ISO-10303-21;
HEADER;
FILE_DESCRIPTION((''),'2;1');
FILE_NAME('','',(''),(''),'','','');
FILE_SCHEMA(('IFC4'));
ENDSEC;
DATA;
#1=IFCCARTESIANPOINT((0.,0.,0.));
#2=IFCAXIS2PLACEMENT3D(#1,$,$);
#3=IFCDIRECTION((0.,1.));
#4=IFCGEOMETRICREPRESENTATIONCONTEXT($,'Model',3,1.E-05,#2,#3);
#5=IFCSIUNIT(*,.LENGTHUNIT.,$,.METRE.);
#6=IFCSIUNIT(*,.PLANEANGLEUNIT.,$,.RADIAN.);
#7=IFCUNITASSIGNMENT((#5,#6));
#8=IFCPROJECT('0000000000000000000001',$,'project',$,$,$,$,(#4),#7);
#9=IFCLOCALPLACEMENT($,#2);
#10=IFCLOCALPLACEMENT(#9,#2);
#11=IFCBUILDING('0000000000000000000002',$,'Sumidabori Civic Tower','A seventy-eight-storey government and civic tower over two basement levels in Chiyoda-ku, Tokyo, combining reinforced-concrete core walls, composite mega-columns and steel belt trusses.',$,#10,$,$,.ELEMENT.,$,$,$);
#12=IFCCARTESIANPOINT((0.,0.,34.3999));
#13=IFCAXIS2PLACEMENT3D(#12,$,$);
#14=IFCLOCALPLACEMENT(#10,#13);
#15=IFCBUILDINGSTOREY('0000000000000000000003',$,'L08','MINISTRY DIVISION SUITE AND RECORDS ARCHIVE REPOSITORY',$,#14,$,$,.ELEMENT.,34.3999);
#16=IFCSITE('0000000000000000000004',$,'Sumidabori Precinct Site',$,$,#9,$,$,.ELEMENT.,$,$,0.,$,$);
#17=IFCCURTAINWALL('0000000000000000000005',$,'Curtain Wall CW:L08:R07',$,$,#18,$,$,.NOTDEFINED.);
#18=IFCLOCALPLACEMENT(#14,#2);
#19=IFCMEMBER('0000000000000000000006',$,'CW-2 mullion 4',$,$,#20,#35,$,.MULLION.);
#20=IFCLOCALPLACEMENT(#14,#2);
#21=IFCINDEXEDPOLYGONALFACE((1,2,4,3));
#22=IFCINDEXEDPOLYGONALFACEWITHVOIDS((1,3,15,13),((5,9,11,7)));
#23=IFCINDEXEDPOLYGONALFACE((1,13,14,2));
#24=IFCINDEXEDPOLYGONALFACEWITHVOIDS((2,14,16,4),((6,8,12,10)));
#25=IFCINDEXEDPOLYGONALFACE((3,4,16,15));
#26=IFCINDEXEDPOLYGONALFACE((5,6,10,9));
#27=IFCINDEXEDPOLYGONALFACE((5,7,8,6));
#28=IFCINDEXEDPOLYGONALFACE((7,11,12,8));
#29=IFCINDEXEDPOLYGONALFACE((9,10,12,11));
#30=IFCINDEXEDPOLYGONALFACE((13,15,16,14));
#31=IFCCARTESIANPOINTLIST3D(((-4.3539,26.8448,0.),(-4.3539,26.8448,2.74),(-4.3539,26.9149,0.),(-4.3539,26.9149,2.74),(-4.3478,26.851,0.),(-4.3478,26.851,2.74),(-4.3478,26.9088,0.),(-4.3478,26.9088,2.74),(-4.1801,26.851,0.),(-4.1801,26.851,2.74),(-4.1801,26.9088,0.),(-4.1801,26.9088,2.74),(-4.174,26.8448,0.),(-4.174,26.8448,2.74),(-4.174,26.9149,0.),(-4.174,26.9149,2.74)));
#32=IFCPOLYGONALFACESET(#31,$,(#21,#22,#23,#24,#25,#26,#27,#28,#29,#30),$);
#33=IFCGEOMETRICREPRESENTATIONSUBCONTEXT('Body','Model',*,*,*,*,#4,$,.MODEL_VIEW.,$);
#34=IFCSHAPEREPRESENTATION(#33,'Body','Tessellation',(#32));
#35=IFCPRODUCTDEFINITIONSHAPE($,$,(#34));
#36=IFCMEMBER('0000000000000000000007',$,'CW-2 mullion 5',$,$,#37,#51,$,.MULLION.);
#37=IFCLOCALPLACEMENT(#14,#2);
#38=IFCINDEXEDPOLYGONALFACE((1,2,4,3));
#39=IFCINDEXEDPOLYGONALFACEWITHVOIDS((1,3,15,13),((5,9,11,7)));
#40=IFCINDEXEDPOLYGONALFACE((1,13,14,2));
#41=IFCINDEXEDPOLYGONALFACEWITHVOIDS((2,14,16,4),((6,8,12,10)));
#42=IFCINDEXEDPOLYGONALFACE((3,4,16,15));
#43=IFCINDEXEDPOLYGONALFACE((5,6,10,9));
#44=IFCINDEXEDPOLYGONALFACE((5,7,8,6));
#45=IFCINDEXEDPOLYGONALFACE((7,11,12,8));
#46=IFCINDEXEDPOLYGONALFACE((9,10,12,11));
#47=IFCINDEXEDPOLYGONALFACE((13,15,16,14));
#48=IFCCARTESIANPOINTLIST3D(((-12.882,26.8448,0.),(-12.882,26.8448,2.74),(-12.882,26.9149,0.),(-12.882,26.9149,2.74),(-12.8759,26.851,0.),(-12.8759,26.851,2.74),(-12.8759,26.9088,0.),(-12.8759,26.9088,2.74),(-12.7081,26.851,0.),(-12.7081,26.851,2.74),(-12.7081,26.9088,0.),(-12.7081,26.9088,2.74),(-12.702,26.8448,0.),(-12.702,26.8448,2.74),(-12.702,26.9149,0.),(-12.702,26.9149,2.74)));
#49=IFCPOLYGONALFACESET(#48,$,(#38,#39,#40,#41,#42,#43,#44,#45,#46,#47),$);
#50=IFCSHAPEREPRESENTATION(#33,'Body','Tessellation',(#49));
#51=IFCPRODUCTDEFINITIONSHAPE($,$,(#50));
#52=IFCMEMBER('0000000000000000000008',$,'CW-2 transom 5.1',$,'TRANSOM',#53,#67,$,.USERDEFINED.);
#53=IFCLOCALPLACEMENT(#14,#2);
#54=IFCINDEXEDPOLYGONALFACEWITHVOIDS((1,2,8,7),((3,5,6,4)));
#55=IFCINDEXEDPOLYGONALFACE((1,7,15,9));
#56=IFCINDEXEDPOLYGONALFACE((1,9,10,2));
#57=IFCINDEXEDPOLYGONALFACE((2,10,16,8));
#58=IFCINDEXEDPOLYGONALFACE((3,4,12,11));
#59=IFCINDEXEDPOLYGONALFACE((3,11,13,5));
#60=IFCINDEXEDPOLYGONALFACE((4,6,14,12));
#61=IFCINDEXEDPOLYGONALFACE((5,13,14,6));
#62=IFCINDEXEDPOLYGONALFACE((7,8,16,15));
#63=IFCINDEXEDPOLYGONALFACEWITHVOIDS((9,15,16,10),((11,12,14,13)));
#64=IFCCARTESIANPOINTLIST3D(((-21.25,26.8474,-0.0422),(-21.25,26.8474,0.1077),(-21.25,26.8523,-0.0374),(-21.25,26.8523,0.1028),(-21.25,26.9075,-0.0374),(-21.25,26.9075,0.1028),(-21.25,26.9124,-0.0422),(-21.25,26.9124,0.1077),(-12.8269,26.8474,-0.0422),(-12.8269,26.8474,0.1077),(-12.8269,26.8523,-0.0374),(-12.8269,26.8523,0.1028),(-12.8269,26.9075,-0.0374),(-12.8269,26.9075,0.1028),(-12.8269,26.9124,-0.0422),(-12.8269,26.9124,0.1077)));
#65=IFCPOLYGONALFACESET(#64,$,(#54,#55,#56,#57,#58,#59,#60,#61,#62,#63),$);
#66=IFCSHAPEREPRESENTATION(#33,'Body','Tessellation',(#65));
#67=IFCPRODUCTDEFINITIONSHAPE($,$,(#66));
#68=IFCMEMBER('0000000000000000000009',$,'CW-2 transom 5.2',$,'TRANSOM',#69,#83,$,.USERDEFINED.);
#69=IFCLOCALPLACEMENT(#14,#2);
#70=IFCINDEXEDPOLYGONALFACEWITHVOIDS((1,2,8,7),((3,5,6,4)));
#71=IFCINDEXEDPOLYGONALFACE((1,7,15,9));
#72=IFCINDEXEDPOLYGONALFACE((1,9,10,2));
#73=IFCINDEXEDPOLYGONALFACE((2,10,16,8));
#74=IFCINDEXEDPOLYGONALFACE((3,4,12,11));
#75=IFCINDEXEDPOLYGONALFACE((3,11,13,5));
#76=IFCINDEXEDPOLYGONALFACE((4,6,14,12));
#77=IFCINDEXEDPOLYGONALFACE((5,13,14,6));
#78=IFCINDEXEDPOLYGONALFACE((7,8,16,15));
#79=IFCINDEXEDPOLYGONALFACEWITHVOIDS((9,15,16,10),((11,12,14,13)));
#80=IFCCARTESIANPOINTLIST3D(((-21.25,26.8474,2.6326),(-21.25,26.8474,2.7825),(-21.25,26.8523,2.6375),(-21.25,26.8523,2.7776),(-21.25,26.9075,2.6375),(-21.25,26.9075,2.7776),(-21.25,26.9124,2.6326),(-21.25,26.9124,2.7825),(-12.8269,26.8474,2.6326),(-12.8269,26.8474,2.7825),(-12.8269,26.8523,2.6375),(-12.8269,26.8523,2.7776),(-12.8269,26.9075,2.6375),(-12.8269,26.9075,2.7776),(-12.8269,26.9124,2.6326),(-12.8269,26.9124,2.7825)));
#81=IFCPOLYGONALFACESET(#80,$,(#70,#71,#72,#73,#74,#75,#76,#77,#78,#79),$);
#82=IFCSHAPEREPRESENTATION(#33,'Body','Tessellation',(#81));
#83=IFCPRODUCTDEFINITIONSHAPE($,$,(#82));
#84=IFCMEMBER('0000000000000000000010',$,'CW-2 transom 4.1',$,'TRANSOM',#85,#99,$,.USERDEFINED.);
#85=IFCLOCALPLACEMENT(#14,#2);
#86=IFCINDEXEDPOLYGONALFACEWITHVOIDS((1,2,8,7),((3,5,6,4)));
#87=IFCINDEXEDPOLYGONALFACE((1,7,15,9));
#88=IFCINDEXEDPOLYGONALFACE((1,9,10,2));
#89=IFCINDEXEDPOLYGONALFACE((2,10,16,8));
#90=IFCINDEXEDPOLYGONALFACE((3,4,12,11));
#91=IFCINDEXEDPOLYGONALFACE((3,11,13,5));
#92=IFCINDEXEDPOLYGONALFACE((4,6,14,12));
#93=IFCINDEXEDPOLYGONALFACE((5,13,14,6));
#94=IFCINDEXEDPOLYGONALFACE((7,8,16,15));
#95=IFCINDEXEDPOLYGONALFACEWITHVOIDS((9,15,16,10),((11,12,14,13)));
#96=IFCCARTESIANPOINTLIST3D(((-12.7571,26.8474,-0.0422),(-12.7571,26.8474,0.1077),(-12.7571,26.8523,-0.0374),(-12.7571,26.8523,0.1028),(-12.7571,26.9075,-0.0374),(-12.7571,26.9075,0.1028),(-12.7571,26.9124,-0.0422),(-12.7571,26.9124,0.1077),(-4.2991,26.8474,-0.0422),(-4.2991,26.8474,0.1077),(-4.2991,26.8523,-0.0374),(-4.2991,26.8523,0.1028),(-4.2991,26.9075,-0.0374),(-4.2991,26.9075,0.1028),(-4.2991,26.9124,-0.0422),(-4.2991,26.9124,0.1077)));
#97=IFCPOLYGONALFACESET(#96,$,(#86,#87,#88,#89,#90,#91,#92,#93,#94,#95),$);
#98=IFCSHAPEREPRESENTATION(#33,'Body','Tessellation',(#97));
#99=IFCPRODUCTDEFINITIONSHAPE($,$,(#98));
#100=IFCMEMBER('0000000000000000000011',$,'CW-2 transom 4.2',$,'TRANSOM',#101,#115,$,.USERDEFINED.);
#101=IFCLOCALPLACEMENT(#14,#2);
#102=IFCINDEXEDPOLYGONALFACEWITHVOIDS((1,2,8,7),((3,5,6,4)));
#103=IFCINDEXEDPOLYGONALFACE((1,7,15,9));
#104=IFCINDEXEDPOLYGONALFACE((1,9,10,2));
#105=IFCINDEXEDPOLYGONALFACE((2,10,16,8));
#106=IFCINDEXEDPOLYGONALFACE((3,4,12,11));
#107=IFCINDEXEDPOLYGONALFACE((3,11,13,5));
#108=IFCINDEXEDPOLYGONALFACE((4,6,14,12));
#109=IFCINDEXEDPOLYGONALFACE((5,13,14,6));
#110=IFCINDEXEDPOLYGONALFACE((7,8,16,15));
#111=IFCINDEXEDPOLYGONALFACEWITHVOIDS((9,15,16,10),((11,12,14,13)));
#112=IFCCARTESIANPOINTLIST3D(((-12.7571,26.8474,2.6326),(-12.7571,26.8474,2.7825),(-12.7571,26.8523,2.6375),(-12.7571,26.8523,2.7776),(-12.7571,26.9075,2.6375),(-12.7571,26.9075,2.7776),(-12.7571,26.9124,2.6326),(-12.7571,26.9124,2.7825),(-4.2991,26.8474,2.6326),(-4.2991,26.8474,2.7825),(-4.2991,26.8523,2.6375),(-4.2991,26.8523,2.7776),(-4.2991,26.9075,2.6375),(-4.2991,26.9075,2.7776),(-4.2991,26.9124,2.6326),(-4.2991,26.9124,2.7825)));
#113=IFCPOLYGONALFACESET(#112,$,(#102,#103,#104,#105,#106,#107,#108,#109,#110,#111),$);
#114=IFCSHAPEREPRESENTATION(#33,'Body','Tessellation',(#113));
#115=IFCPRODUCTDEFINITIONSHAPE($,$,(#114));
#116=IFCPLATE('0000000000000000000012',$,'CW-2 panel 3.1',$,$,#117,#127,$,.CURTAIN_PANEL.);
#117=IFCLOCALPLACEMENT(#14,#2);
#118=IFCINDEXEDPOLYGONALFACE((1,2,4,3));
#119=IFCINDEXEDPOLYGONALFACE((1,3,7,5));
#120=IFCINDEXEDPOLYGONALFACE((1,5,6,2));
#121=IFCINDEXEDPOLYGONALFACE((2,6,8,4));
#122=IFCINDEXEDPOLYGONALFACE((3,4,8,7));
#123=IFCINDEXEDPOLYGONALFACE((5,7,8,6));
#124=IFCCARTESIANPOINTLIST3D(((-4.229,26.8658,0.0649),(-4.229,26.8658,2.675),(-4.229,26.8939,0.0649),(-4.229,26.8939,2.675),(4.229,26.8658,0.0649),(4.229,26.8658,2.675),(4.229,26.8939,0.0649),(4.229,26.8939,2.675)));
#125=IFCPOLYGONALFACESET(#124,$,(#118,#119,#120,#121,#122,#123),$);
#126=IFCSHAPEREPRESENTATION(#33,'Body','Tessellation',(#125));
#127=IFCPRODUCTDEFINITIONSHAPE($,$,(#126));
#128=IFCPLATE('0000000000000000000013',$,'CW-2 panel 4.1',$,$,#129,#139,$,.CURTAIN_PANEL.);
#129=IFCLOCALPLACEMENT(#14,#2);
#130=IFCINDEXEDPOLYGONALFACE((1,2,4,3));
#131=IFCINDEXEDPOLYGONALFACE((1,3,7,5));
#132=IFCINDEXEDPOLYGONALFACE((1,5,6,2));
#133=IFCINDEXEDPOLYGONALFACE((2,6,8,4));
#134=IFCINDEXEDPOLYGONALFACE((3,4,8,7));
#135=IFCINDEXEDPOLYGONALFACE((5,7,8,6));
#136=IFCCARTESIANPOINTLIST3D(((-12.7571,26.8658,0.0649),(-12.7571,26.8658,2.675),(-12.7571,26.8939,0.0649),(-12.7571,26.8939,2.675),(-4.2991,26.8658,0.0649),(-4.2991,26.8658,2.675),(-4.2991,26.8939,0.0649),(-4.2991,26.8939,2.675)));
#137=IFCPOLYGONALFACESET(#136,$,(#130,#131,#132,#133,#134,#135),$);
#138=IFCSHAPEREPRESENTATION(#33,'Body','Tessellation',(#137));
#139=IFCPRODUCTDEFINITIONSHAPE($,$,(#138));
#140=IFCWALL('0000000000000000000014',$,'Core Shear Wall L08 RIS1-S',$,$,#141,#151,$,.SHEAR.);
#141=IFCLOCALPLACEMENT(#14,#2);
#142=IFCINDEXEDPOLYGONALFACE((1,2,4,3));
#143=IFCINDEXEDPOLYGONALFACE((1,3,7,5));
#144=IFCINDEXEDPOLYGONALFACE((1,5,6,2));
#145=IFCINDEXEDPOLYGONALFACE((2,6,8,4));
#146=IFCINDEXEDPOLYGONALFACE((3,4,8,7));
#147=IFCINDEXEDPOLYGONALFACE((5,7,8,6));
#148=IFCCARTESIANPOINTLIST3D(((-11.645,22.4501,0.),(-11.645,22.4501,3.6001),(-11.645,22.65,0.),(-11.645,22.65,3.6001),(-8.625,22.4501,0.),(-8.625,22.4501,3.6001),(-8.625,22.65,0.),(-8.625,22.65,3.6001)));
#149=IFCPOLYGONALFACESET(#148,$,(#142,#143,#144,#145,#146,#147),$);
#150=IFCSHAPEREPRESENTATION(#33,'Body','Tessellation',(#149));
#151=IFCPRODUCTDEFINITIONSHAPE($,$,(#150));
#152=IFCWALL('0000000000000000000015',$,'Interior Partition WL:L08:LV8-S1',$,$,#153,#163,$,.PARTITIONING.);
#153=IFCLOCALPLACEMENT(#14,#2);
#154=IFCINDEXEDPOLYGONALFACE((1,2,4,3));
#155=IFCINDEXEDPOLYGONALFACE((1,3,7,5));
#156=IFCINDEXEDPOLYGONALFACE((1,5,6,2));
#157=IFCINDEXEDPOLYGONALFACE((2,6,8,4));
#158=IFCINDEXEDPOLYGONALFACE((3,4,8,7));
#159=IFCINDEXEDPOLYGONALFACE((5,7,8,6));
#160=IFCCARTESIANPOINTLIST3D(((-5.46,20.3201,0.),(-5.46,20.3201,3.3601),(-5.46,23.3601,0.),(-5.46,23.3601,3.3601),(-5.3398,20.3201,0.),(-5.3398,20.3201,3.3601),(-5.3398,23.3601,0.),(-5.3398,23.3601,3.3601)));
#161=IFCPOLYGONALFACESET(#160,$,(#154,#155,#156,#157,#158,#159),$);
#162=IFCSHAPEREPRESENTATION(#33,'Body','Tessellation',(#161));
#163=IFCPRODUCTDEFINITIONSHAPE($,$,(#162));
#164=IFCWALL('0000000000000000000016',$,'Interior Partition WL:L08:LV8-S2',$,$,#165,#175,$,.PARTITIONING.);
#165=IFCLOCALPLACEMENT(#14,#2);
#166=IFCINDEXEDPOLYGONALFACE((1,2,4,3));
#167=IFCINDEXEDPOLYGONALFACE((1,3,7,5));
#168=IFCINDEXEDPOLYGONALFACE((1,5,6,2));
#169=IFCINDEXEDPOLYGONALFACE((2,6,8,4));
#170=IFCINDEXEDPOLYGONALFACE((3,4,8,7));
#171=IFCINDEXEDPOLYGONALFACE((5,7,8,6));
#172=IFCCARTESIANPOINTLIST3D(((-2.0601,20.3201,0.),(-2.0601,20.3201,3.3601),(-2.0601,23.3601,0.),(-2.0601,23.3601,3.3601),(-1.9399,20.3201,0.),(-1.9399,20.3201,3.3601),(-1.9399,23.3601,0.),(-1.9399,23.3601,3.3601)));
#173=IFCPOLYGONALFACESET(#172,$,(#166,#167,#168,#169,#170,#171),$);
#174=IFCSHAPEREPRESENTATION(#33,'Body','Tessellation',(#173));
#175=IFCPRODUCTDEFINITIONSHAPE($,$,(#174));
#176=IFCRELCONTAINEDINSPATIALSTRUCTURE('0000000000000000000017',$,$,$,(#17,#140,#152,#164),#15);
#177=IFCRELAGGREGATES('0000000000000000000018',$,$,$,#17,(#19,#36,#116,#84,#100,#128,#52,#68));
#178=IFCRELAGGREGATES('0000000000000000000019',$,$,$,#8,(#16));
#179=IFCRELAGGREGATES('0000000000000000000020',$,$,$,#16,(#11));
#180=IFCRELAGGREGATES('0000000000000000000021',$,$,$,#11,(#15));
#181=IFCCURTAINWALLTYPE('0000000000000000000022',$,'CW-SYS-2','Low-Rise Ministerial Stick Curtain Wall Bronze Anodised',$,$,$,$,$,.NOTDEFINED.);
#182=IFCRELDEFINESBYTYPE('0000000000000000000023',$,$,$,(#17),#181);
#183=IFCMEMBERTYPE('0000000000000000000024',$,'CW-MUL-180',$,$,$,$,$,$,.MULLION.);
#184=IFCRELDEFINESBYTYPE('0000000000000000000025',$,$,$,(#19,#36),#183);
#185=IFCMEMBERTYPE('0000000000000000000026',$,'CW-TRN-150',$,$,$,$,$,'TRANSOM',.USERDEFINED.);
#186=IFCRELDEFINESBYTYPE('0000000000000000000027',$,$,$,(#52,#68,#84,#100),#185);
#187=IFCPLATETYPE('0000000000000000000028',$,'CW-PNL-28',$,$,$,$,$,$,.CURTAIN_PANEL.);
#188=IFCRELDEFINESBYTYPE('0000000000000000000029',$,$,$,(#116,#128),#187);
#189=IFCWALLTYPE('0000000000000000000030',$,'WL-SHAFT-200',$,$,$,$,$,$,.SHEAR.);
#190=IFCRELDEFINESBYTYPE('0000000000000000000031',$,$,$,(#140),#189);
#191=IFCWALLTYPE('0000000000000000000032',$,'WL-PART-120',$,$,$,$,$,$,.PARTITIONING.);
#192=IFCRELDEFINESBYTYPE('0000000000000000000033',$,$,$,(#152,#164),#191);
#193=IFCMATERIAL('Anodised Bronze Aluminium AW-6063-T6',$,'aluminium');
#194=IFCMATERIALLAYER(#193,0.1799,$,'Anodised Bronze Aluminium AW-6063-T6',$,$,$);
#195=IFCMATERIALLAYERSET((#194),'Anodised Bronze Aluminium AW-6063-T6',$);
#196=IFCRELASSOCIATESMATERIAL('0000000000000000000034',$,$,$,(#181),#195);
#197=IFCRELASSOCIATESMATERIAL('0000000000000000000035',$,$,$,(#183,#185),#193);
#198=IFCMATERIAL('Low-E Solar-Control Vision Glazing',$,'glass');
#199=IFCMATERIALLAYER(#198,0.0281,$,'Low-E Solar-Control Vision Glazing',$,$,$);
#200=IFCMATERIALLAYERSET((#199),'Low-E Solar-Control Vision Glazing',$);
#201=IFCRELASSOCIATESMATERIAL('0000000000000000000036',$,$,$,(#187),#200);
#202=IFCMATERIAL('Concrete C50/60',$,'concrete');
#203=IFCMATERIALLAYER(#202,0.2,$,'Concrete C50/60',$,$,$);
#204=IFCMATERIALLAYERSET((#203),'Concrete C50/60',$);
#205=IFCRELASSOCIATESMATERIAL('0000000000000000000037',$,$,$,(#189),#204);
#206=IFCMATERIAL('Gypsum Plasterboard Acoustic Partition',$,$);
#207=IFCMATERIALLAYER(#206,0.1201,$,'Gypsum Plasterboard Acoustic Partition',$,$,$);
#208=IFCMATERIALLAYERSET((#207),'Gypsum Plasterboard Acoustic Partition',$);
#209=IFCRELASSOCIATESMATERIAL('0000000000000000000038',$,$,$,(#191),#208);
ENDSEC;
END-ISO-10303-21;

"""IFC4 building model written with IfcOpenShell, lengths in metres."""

from ifc_helpers import new_model, si_unit, direction, frame, frame_2d, origin, origin_2d, place, context, subcontext, project, spatial, rectangle, hollow_rectangle, extrude, source, transform, mapped, material, layer, layer_set, material_profile, profile_set, type_object, element, aggregate, save


model = new_model("IFC4")

# Units and contexts
model_context = context("Model", 3, precision=1e-05, world=origin(), true_north=direction((0.0, 1.0)))
body_context = subcontext(model_context, "Body", "Model", "MODEL_VIEW")
ifc_project = project(units=[si_unit("LENGTHUNIT", "METRE"), si_unit("PLANEANGLEUNIT", "RADIAN")], contexts=[model_context])

# Site, building, storey
site_placement = place(None, origin())
site = spatial("IfcSite", under=ifc_project, at=site_placement, Name="Sumidabori Precinct Site", CompositionType="ELEMENT", RefElevation=0.0)
building_placement = place(site_placement, origin())
building = spatial("IfcBuilding", under=site, at=building_placement, Name="Sumidabori Civic Tower", Description="A seventy-eight-storey government and civic tower over two basement levels in Chiyoda-ku, Tokyo, combining reinforced-concrete core walls, composite mega-columns and steel belt trusses.", CompositionType="ELEMENT")
storey_placement = place(building_placement, frame((0.0, 0.0, 34.3999)))
storey = spatial("IfcBuildingStorey", under=building, at=storey_placement, Name="L08", Description="MINISTRY DIVISION SUITE AND RECORDS ARCHIVE REPOSITORY", CompositionType="ELEMENT", Elevation=34.3999)

# Curtain wall, members, plates
ifc_material_1 = material(Name="Anodised Bronze Aluminium AW-6063-T6", Category="aluminium")
ifc_layer_1 = layer(ifc_material_1, 0.1799, Name="Anodised Bronze Aluminium AW-6063-T6")
ifc_layer_set_1 = layer_set([ifc_layer_1], Name="Anodised Bronze Aluminium AW-6063-T6")
curtain_wall_type = type_object("IfcCurtainWallType", Name="CW-SYS-2", Description="Low-Rise Ministerial Stick Curtain Wall Bronze Anodised", PredefinedType="NOTDEFINED", material=ifc_layer_set_1)
curtain_wall_placement = place(storey_placement, origin())
curtain_wall = element("IfcCurtainWall", 1, at=curtain_wall_placement, inside=storey, type_object=curtain_wall_type, Name="Curtain Wall CW:L08:R07", PredefinedType="NOTDEFINED")
ifc_material_profile_1 = material_profile(ifc_material_1, hollow_rectangle(XDim=0.0701, YDim=0.1799, WallThickness=0.0061, at=origin_2d()), Name="ALU MULLION 180x70")
ifc_profile_set_1 = profile_set([ifc_material_profile_1], Name="Anodised Bronze Aluminium AW-6063-T6")
member_type_1 = type_object("IfcMemberType", Name="CW-MUL-180", PredefinedType="MULLION", material=ifc_profile_set_1)
shared_shape_1 = source(origin(), body_context, "Body", "SweptSolid", [
    extrude(hollow_rectangle(XDim=0.0701, YDim=0.1799, WallThickness=0.0061, at=origin_2d()), origin(), (0.0, 0.0, 1.0), 2.74),
])
member_1_placement = place(storey_placement, frame((-4.2639, 26.8799, 0.0), z_axis=(0.0, 0.0, 1.0), x_axis=(0.0, -1.0, 0.0)))
member_1 = element("IfcMember", 2, at=member_1_placement, type_object=member_type_1, Name="CW-2 mullion 4", PredefinedType="MULLION", context=body_context, shape_type="MappedRepresentation", body=[
    mapped(shared_shape_1, transform((0.0, 0.0, 0.0), x_axis=(1.0, 0.0, 0.0), y_axis=(0.0, 1.0, 0.0), z_axis=(0.0, 0.0, 1.0), scale=1.0)),
])
member_2_placement = place(storey_placement, frame((-12.792, 26.8799, 0.0), z_axis=(0.0, 0.0, 1.0), x_axis=(0.0, -1.0, 0.0)))
member_2 = element("IfcMember", 3, at=member_2_placement, type_object=member_type_1, Name="CW-2 mullion 5", PredefinedType="MULLION", context=body_context, shape_type="MappedRepresentation", body=[
    mapped(shared_shape_1, transform((0.0, 0.0, 0.0), x_axis=(1.0, 0.0, 0.0), y_axis=(0.0, 1.0, 0.0), z_axis=(0.0, 0.0, 1.0), scale=1.0)),
])
ifc_material_profile_2 = material_profile(ifc_material_1, hollow_rectangle(XDim=0.0649, YDim=0.1499, WallThickness=0.0049, at=origin_2d()), Name="ALU TRANSOM 150x65")
ifc_profile_set_2 = profile_set([ifc_material_profile_2], Name="Anodised Bronze Aluminium AW-6063-T6")
member_type_2 = type_object("IfcMemberType", Name="CW-TRN-150", ElementType="TRANSOM", PredefinedType="USERDEFINED", material=ifc_profile_set_2)
shared_shape_2 = source(origin(), body_context, "Body", "SweptSolid", [
    extrude(hollow_rectangle(XDim=0.0649, YDim=0.1499, WallThickness=0.0049, at=origin_2d()), origin(), (0.0, 0.0, 1.0), 8.4231),
])
member_3_placement = place(storey_placement, frame((-12.8269, 26.8799, 0.0327), z_axis=(-1.0, 0.0, 0.0), x_axis=(0.0, -1.0, 0.0)))
member_3 = element("IfcMember", 4, at=member_3_placement, type_object=member_type_2, Name="CW-2 transom 5.1", ObjectType="TRANSOM", PredefinedType="USERDEFINED", context=body_context, shape_type="MappedRepresentation", body=[
    mapped(shared_shape_2, transform((0.0, 0.0, 0.0), x_axis=(1.0, 0.0, 0.0), y_axis=(0.0, 1.0, 0.0), z_axis=(0.0, 0.0, 1.0), scale=1.0)),
])
member_4_placement = place(storey_placement, frame((-12.8269, 26.8799, 2.7075), z_axis=(-1.0, 0.0, 0.0), x_axis=(0.0, -1.0, 0.0)))
member_4 = element("IfcMember", 5, at=member_4_placement, type_object=member_type_2, Name="CW-2 transom 5.2", ObjectType="TRANSOM", PredefinedType="USERDEFINED", context=body_context, shape_type="MappedRepresentation", body=[
    mapped(shared_shape_2, transform((0.0, 0.0, 0.0), x_axis=(1.0, 0.0, 0.0), y_axis=(0.0, 1.0, 0.0), z_axis=(0.0, 0.0, 1.0), scale=1.0)),
])
shared_shape_3 = source(origin(), body_context, "Body", "SweptSolid", [
    extrude(hollow_rectangle(XDim=0.0649, YDim=0.1499, WallThickness=0.0049, at=origin_2d()), origin(), (0.0, 0.0, 1.0), 8.458),
])
member_5_placement = place(storey_placement, frame((-4.2991, 26.8799, 0.0327), z_axis=(-1.0, 0.0, 0.0), x_axis=(0.0, -1.0, 0.0)))
member_5 = element("IfcMember", 6, at=member_5_placement, type_object=member_type_2, Name="CW-2 transom 4.1", ObjectType="TRANSOM", PredefinedType="USERDEFINED", context=body_context, shape_type="MappedRepresentation", body=[
    mapped(shared_shape_3, transform((0.0, 0.0, 0.0), x_axis=(1.0, 0.0, 0.0), y_axis=(0.0, 1.0, 0.0), z_axis=(0.0, 0.0, 1.0), scale=1.0)),
])
member_6_placement = place(storey_placement, frame((-4.2991, 26.8799, 2.7075), z_axis=(-1.0, 0.0, 0.0), x_axis=(0.0, -1.0, 0.0)))
member_6 = element("IfcMember", 7, at=member_6_placement, type_object=member_type_2, Name="CW-2 transom 4.2", ObjectType="TRANSOM", PredefinedType="USERDEFINED", context=body_context, shape_type="MappedRepresentation", body=[
    mapped(shared_shape_3, transform((0.0, 0.0, 0.0), x_axis=(1.0, 0.0, 0.0), y_axis=(0.0, 1.0, 0.0), z_axis=(0.0, 0.0, 1.0), scale=1.0)),
])
ifc_material_2 = material(Name="Low-E Solar-Control Vision Glazing", Category="glass")
ifc_layer_2 = layer(ifc_material_2, 0.0281, Name="Low-E Solar-Control Vision Glazing")
ifc_layer_set_2 = layer_set([ifc_layer_2], Name="Low-E Solar-Control Vision Glazing")
plate_type = type_object("IfcPlateType", Name="CW-PNL-28", PredefinedType="CURTAIN_PANEL", material=ifc_layer_set_2)
shared_shape_4 = source(origin(), body_context, "Body", "SweptSolid", [
    extrude(rectangle(XDim=8.458, YDim=0.0281, at=origin_2d()), origin(), (0.0, 0.0, 1.0), 2.6101),
])
plate_1_placement = place(storey_placement, frame((0.0, 26.8799, 0.0649), z_axis=(0.0, 0.0, 1.0), x_axis=(-1.0, 0.0, 0.0)))
plate_1 = element("IfcPlate", 8, at=plate_1_placement, type_object=plate_type, Name="CW-2 panel 3.1", PredefinedType="CURTAIN_PANEL", context=body_context, shape_type="MappedRepresentation", body=[
    mapped(shared_shape_4, transform((0.0, 0.0, 0.0), x_axis=(1.0, 0.0, 0.0), y_axis=(0.0, 1.0, 0.0), z_axis=(0.0, 0.0, 1.0), scale=1.0)),
])
plate_2_placement = place(storey_placement, frame((-8.5281, 26.8799, 0.0649), z_axis=(0.0, 0.0, 1.0), x_axis=(-1.0, 0.0, 0.0)))
plate_2 = element("IfcPlate", 9, at=plate_2_placement, type_object=plate_type, Name="CW-2 panel 4.1", PredefinedType="CURTAIN_PANEL", context=body_context, shape_type="MappedRepresentation", body=[
    mapped(shared_shape_4, transform((0.0, 0.0, 0.0), x_axis=(1.0, 0.0, 0.0), y_axis=(0.0, 1.0, 0.0), z_axis=(0.0, 0.0, 1.0), scale=1.0)),
])
aggregate(curtain_wall, [member_1, member_2, plate_1, member_5, member_6, plate_2, member_3, member_4])

# Wall
ifc_material_3 = material(Name="Concrete C50/60", Category="concrete")
ifc_layer_3 = layer(ifc_material_3, 0.2, Name="Concrete C50/60")
ifc_layer_set_3 = layer_set([ifc_layer_3], Name="Concrete C50/60")
wall_type_1 = type_object("IfcWallType", Name="WL-SHAFT-200", PredefinedType="SHEAR", material=ifc_layer_set_3)
shared_shape_5 = source(origin(), body_context, "Body", "SweptSolid", [
    extrude(rectangle(XDim=3.02, YDim=0.2, at=frame_2d((1.51, 0.0))), origin(), (0.0, 0.0, 1.0), 3.6001),
])
wall_1_placement = place(storey_placement, frame((-11.645, 22.55, 0.0), z_axis=(0.0, 0.0, 1.0), x_axis=(1.0, 0.0, 0.0)))
element("IfcWall", 10, at=wall_1_placement, inside=storey, type_object=wall_type_1, Name="Core Shear Wall L08 RIS1-S", PredefinedType="SHEAR", context=body_context, shape_type="MappedRepresentation", body=[
    mapped(shared_shape_5, transform((0.0, 0.0, 0.0), x_axis=(1.0, 0.0, 0.0), y_axis=(0.0, 1.0, 0.0), z_axis=(0.0, 0.0, 1.0), scale=1.0)),
])

# Shared definitions
ifc_material_4 = material(Name="Gypsum Plasterboard Acoustic Partition")

# Walls
ifc_layer_4 = layer(ifc_material_4, 0.1201, Name="Gypsum Plasterboard Acoustic Partition")
ifc_layer_set_4 = layer_set([ifc_layer_4], Name="Gypsum Plasterboard Acoustic Partition")
wall_type_2 = type_object("IfcWallType", Name="WL-PART-120", PredefinedType="PARTITIONING", material=ifc_layer_set_4)
shared_shape_6 = source(origin(), body_context, "Body", "SweptSolid", [
    extrude(rectangle(XDim=3.04, YDim=0.1201, at=frame_2d((1.52, 0.0))), origin(), (0.0, 0.0, 1.0), 3.3601),
])
for number, where, z_axis, x_axis, name in (
    (11, (-5.3999, 20.3201, 0.0), (0.0, 0.0, 1.0), (0.0, 1.0, 0.0), "Interior Partition WL:L08:LV8-S1"),
    (12, (-2.0, 20.3201, 0.0), (0.0, 0.0, 1.0), (0.0, 1.0, 0.0), "Interior Partition WL:L08:LV8-S2"),
):
    element("IfcWall", number, at=place(storey_placement, frame(where, z_axis=z_axis, x_axis=x_axis)), inside=storey, type_object=wall_type_2, Name=name, PredefinedType="PARTITIONING", context=body_context, shape_type="MappedRepresentation", body=[
        mapped(shared_shape_6, transform((0.0, 0.0, 0.0), x_axis=(1.0, 0.0, 0.0), y_axis=(0.0, 1.0, 0.0), z_axis=(0.0, 0.0, 1.0), scale=1.0)),
    ])

save(model, "model.ifc")
